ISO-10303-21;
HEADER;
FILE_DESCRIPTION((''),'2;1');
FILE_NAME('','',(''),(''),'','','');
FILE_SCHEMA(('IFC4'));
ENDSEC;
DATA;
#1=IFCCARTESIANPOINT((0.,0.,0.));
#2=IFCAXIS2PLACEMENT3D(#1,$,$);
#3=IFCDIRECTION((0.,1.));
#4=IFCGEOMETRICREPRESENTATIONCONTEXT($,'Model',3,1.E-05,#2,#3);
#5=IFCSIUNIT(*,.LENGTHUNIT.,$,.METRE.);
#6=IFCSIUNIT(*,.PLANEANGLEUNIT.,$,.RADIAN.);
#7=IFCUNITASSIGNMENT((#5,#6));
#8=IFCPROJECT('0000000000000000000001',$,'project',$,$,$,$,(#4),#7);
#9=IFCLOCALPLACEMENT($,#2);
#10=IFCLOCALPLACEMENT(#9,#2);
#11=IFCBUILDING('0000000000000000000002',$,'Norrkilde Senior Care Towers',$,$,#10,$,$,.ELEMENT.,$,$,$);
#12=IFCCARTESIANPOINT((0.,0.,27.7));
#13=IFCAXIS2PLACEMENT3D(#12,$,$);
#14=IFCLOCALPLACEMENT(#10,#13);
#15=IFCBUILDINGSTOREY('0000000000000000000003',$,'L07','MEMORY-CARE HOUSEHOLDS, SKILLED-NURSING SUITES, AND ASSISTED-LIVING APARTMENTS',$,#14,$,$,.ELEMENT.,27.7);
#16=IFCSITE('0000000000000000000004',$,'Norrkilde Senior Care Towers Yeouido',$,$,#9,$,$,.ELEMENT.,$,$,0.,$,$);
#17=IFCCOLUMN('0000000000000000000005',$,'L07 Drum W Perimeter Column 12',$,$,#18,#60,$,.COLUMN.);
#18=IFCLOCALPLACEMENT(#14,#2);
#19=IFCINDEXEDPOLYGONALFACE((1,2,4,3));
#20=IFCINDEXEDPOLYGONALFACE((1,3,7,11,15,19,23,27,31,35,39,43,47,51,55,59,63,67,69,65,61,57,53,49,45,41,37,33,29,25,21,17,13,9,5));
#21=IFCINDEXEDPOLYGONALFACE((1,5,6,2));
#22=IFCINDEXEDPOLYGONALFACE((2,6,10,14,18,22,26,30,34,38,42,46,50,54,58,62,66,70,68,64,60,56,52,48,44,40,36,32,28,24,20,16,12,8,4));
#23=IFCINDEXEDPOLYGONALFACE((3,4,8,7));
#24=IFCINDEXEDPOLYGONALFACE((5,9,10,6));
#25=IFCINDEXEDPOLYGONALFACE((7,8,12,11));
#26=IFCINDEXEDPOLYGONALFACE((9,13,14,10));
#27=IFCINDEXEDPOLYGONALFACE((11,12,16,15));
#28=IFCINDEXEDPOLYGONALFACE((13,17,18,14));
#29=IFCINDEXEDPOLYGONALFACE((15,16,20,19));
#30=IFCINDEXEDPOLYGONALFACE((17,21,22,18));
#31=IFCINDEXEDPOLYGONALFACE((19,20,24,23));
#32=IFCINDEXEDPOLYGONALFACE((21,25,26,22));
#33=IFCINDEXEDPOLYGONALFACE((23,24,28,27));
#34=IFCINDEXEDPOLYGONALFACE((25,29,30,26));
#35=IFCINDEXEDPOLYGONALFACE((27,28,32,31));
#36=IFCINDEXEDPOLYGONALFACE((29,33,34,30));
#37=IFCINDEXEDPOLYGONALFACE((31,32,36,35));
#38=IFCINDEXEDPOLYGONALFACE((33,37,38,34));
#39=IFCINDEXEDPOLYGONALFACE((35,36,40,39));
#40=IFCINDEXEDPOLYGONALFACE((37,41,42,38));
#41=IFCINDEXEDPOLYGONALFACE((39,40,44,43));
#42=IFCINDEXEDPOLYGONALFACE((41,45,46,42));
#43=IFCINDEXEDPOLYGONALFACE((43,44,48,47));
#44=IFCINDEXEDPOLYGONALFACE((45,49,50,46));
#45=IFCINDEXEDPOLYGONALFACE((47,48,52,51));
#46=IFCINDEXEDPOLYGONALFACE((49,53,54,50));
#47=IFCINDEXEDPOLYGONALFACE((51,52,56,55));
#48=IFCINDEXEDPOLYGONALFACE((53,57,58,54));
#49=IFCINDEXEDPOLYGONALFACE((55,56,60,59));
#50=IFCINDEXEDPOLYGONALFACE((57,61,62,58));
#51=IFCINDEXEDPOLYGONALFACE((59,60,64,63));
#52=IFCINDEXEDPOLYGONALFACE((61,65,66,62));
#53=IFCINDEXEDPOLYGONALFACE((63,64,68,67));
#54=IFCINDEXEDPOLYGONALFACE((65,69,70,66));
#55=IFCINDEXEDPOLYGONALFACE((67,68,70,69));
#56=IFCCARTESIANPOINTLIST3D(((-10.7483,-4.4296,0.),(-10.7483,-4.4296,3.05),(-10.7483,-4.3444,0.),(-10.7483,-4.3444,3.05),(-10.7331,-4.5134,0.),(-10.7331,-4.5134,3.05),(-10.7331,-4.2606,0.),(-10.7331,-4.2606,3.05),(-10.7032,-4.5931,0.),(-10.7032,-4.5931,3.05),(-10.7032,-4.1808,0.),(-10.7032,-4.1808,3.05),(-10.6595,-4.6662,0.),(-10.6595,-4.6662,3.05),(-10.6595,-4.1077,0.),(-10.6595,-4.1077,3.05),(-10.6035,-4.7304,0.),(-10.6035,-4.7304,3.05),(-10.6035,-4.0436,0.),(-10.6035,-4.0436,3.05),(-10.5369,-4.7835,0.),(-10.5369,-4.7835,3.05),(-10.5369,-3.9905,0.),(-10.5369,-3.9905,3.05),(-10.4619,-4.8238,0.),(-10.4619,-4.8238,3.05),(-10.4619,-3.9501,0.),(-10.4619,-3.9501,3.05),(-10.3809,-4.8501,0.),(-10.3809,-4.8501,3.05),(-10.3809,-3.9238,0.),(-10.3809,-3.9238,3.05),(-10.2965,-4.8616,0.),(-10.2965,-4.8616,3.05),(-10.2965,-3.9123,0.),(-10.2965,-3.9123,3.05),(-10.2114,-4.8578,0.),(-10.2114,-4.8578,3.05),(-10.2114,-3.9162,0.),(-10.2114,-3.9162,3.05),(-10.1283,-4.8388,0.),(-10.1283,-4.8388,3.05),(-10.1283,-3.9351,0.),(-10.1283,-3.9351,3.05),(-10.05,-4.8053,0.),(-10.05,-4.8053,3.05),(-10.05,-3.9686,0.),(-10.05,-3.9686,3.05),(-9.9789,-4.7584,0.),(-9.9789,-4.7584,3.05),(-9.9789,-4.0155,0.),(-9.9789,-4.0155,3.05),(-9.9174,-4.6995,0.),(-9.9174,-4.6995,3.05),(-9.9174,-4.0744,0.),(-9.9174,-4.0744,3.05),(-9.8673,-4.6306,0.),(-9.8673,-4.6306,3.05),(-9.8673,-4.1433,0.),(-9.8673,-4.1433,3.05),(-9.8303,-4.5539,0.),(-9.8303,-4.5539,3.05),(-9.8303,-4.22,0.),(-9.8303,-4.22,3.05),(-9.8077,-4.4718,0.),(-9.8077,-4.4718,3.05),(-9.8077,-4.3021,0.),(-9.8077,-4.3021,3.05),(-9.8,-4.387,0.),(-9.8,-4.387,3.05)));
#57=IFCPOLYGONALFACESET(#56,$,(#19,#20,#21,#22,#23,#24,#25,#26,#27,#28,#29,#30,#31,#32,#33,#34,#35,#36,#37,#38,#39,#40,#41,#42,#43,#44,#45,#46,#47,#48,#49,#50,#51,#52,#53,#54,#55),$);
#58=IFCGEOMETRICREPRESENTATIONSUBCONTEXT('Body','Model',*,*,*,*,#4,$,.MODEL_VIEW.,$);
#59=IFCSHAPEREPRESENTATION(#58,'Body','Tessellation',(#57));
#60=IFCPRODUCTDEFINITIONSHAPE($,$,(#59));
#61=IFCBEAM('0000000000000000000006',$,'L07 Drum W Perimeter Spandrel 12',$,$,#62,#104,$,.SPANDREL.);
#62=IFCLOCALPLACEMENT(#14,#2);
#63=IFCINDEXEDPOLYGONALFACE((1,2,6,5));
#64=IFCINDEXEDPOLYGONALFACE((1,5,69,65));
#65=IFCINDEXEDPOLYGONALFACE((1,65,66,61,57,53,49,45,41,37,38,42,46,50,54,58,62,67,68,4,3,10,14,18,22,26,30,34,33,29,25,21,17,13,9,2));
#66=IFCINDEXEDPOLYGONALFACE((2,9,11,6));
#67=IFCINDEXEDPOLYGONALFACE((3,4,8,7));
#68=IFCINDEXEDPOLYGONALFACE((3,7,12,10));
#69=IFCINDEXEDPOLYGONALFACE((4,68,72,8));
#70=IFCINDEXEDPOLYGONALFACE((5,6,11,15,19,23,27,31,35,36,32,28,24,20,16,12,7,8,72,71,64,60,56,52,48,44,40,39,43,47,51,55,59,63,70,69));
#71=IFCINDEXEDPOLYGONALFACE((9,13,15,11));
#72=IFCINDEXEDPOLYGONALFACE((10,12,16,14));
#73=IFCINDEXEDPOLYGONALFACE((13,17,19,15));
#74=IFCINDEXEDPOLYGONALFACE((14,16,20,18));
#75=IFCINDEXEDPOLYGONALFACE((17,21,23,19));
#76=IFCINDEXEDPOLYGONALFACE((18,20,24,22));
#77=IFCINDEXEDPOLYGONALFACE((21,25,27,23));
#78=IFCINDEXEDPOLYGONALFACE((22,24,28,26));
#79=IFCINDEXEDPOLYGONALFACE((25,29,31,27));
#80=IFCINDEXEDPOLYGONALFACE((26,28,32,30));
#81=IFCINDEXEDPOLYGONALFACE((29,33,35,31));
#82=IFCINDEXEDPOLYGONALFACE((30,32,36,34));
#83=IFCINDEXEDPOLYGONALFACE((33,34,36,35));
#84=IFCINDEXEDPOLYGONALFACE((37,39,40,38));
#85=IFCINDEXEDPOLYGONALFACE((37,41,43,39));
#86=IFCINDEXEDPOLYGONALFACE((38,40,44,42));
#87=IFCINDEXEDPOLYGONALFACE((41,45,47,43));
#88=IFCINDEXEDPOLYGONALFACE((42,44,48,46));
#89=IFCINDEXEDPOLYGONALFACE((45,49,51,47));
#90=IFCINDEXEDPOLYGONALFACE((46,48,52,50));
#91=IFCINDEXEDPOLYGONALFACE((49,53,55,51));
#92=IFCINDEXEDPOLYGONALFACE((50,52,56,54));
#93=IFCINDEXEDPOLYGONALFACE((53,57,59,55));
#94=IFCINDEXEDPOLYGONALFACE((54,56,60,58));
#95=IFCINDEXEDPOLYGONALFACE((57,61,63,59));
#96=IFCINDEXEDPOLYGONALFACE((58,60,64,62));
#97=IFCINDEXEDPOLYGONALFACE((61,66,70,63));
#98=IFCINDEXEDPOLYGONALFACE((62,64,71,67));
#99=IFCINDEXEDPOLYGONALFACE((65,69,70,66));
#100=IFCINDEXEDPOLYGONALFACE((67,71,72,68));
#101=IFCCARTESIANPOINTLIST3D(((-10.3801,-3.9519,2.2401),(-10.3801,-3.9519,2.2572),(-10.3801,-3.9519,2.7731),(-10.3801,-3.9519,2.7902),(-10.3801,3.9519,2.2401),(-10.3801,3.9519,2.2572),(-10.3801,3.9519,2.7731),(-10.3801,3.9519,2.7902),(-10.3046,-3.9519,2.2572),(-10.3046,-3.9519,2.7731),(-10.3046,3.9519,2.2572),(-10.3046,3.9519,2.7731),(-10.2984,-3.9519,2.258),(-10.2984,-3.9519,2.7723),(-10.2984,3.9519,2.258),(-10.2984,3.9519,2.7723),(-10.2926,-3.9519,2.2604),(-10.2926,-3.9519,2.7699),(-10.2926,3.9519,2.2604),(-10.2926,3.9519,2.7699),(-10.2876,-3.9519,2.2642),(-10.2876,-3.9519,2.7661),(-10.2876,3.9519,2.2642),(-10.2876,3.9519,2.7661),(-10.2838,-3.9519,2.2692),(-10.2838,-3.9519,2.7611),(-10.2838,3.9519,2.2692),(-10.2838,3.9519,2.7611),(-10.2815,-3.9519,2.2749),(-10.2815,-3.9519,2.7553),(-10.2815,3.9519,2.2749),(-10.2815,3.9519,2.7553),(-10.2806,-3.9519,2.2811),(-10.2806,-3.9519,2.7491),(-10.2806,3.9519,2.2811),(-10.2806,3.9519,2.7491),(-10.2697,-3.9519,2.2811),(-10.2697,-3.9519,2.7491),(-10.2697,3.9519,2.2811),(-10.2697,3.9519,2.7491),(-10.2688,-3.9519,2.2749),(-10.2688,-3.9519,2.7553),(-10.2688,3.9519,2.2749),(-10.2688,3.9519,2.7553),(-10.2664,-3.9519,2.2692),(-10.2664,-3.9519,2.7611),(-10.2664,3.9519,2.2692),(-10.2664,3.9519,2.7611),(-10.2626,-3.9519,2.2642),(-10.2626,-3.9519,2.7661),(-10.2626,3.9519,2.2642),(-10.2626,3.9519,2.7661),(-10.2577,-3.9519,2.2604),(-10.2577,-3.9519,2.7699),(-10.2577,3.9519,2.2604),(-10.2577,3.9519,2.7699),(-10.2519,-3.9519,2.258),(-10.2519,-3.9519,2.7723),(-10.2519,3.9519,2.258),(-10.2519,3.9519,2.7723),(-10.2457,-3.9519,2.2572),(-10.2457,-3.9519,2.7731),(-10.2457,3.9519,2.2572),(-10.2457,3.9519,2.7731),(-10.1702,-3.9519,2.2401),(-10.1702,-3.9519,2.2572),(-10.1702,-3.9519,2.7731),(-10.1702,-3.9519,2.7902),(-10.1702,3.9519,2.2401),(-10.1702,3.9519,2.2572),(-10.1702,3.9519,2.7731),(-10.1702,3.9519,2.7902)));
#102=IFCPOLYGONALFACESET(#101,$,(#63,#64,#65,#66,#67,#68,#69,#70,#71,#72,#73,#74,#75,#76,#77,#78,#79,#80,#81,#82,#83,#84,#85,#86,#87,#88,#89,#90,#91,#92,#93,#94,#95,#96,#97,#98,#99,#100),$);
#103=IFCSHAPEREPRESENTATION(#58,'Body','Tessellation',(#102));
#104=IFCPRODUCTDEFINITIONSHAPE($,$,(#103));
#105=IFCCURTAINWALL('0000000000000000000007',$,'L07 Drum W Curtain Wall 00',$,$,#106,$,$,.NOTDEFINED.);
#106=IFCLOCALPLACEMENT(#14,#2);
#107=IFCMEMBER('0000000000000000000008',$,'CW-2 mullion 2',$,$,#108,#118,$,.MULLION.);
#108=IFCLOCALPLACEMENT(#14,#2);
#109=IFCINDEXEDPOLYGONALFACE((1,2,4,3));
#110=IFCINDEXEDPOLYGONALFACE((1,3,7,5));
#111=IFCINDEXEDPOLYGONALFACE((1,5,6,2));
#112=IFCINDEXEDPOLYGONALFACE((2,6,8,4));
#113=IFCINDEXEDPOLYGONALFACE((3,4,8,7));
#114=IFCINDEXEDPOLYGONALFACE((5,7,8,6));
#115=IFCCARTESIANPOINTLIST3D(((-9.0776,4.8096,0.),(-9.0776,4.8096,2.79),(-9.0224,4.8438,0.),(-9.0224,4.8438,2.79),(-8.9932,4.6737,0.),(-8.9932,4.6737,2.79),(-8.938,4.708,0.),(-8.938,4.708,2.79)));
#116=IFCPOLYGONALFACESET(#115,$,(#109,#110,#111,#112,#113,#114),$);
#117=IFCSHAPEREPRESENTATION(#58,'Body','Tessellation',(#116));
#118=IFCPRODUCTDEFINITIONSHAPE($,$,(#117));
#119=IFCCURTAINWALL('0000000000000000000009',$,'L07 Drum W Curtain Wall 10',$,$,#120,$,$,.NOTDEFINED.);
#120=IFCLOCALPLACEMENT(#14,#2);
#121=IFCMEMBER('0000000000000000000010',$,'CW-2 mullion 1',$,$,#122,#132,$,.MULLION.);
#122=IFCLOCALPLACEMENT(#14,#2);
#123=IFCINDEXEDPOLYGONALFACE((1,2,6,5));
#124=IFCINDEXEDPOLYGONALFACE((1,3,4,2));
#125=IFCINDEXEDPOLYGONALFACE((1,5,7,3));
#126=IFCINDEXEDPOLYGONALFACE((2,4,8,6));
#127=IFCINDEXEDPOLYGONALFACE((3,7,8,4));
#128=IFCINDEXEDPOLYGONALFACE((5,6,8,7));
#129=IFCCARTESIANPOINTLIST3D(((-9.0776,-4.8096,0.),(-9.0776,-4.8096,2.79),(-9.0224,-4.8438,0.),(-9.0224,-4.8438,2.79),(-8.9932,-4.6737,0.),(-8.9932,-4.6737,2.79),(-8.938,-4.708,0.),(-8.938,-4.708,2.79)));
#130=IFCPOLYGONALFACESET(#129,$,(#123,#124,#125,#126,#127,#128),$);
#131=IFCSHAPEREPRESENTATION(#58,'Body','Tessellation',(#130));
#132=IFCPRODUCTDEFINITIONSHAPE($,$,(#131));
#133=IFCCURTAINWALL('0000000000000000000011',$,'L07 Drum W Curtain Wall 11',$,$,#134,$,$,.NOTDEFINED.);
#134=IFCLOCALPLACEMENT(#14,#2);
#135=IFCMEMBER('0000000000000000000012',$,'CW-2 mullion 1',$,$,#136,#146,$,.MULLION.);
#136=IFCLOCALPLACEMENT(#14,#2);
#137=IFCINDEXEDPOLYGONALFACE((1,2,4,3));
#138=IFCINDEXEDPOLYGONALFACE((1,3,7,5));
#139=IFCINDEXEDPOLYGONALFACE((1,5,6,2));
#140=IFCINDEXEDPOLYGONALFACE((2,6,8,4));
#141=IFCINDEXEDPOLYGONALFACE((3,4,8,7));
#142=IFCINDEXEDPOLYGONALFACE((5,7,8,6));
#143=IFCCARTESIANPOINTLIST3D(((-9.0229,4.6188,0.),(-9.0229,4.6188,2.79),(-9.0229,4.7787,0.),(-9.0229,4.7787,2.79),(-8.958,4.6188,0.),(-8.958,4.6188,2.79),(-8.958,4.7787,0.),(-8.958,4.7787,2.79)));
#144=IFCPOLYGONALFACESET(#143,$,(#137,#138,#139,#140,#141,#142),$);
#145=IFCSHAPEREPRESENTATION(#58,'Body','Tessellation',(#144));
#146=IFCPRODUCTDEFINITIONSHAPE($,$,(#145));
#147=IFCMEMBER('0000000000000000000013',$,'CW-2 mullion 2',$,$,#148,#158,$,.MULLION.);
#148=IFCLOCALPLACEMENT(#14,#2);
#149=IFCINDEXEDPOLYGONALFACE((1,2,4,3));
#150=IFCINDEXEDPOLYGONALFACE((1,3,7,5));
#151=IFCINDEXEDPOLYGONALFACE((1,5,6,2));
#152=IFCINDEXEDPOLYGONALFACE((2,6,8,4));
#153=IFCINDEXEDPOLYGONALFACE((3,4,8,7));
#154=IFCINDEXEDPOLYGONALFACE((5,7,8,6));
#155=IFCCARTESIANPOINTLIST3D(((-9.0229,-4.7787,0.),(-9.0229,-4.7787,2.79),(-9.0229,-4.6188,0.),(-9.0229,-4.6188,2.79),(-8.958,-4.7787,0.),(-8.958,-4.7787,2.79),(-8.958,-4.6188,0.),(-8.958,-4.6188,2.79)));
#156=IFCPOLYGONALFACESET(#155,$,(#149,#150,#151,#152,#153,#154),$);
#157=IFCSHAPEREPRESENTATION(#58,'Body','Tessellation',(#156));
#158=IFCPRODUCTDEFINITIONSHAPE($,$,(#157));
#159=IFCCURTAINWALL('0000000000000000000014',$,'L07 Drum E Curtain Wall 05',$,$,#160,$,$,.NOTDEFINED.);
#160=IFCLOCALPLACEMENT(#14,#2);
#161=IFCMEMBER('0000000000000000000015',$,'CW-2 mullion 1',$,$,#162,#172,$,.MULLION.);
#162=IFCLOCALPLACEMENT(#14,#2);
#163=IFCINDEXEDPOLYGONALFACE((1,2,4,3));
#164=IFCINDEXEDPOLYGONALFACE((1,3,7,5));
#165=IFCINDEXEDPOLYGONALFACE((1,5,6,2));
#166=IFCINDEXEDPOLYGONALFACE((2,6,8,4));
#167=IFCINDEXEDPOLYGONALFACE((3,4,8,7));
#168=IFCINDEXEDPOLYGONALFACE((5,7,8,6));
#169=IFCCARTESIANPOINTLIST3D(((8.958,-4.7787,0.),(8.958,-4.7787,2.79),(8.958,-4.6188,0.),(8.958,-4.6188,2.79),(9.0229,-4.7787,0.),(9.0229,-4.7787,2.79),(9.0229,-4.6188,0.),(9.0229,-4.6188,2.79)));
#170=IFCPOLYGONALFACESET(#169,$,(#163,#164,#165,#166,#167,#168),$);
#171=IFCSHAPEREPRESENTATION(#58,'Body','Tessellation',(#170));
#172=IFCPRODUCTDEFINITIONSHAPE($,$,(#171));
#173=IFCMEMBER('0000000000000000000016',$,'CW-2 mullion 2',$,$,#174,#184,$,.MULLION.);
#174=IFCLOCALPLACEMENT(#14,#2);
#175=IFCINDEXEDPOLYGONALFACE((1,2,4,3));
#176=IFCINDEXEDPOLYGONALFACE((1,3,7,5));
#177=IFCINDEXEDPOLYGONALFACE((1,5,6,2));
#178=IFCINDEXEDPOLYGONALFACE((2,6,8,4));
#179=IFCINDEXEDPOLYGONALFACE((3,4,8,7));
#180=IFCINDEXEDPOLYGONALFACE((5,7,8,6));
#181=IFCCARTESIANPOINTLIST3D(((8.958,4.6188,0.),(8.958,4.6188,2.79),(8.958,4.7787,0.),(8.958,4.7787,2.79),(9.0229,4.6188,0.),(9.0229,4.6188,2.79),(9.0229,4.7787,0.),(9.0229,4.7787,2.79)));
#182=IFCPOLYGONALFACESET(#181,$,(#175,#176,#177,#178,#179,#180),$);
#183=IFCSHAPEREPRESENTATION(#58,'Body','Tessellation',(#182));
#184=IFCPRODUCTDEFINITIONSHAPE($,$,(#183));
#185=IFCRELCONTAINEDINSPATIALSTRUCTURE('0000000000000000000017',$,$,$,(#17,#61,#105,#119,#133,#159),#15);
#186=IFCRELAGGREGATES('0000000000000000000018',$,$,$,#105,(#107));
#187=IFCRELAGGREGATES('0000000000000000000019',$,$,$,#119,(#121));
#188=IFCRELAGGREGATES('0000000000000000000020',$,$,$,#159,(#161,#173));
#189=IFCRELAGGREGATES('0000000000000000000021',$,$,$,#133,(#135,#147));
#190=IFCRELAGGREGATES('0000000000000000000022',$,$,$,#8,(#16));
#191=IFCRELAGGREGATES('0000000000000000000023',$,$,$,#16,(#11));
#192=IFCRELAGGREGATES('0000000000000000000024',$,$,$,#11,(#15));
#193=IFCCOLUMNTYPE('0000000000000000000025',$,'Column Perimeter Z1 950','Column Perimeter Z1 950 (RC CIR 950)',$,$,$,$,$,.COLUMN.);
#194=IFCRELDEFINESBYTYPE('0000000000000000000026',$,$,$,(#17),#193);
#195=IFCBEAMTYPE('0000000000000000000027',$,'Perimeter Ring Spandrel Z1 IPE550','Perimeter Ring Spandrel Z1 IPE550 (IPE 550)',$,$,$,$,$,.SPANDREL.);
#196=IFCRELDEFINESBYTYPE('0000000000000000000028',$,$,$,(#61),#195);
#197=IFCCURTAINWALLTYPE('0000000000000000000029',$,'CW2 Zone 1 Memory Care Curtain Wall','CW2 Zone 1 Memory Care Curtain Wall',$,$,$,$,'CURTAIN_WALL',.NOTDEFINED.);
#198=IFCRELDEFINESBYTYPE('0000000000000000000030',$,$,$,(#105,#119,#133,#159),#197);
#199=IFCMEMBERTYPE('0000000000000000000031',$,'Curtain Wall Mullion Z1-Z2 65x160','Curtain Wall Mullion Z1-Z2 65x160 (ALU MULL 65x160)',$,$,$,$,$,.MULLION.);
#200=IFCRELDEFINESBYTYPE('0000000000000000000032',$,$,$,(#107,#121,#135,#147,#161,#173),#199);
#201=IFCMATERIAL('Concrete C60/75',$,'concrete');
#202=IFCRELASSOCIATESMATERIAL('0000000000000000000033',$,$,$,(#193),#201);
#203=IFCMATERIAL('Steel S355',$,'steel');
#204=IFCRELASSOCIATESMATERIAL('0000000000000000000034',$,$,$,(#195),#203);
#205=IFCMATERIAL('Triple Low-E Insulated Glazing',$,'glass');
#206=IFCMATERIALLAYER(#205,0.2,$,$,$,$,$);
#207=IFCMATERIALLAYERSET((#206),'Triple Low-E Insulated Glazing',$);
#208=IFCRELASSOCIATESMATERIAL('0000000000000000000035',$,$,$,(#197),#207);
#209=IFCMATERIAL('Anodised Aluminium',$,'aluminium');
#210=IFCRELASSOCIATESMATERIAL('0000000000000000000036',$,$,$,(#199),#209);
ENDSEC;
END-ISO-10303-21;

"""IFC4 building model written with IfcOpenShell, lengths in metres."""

from ifc_helpers import new_model, si_unit, direction, frame, origin, origin_2d, place, context, subcontext, project, spatial, rectangle, circle, i_section, extrude, source, transform, mapped, material, layer, layer_set, material_profile, profile_set, type_object, type_shapes, element, aggregate, save


model = new_model("IFC4")

# Units and contexts
model_context = context("Model", 3, precision=1e-05, world=origin(), true_north=direction((0.0, 1.0)))
body_context = subcontext(model_context, "Body", "Model", "MODEL_VIEW")
ifc_project = project(units=[si_unit("LENGTHUNIT", "METRE"), si_unit("PLANEANGLEUNIT", "RADIAN")], contexts=[model_context])

# Site, building, storey
site_placement = place(None, origin())
site = spatial("IfcSite", under=ifc_project, at=site_placement, Name="Norrkilde Senior Care Towers Yeouido", CompositionType="ELEMENT", RefElevation=0.0)
building_placement = place(site_placement, origin())
building = spatial("IfcBuilding", under=site, at=building_placement, Name="Norrkilde Senior Care Towers", CompositionType="ELEMENT")
storey_placement = place(building_placement, frame((0.0, 0.0, 27.7)))
storey = spatial("IfcBuildingStorey", under=building, at=storey_placement, Name="L07", Description="MEMORY-CARE HOUSEHOLDS, SKILLED-NURSING SUITES, AND ASSISTED-LIVING APARTMENTS", CompositionType="ELEMENT", Elevation=27.7)

# Column
ifc_material_1 = material(Name="Concrete C60/75", Category="concrete")
ifc_material_profile_1 = material_profile(ifc_material_1, circle(Radius=0.4751, at=origin_2d()), Name="RC CIR 950")
ifc_profile_set_1 = profile_set([ifc_material_profile_1], Name="Concrete C60/75")
column_type = type_object("IfcColumnType", Name="Column Perimeter Z1 950", Description="Column Perimeter Z1 950 (RC CIR 950)", PredefinedType="COLUMN", material=ifc_profile_set_1)
shared_shape_1 = source(origin(), body_context, "Body", "SweptSolid", [
    extrude(circle(Radius=0.4751, at=origin_2d()), origin(), (0.0, 0.0, 1.0), 3.05),
])
type_shapes(column_type, [shared_shape_1])
column_placement = place(storey_placement, frame((-10.2751, -4.387, 0.0), z_axis=(0.0, 0.0, 1.0), x_axis=(1.0, 0.0, 0.0)))
element("IfcColumn", 1, at=column_placement, inside=storey, type_object=column_type, Name="L07 Drum W Perimeter Column 12", PredefinedType="COLUMN", context=body_context, shape_type="MappedRepresentation", body=[
    mapped(shared_shape_1, transform((0.0, 0.0, 0.0), x_axis=(1.0, 0.0, 0.0), y_axis=(0.0, 1.0, 0.0), z_axis=(0.0, 0.0, 1.0), scale=1.0)),
])

# Beam
ifc_material_2 = material(Name="Steel S355", Category="steel")
ifc_material_profile_2 = material_profile(ifc_material_2, i_section(OverallWidth=0.21, OverallDepth=0.55, WebThickness=0.011, FlangeThickness=0.0171, FilletRadius=0.0239, at=origin_2d()), Name="IPE 550")
ifc_profile_set_2 = profile_set([ifc_material_profile_2], Name="Steel S355")
beam_type = type_object("IfcBeamType", Name="Perimeter Ring Spandrel Z1 IPE550", Description="Perimeter Ring Spandrel Z1 IPE550 (IPE 550)", PredefinedType="SPANDREL", material=ifc_profile_set_2)
shared_shape_2 = source(origin(), body_context, "Body", "SweptSolid", [
    extrude(i_section(OverallWidth=0.21, OverallDepth=0.55, WebThickness=0.011, FlangeThickness=0.0171, FilletRadius=0.0239, at=origin_2d()), origin(), (0.0, 0.0, 1.0), 7.9038),
])
type_shapes(beam_type, [shared_shape_2])
beam_placement = place(storey_placement, frame((-10.2751, -3.9519, 2.5151), z_axis=(0.0, 1.0, 0.0), x_axis=(-1.0, 0.0, 0.0)))
element("IfcBeam", 2, at=beam_placement, inside=storey, type_object=beam_type, Name="L07 Drum W Perimeter Spandrel 12", PredefinedType="SPANDREL", context=body_context, shape_type="MappedRepresentation", body=[
    mapped(shared_shape_2, transform((0.0, 0.0, 0.0), x_axis=(1.0, 0.0, 0.0), y_axis=(0.0, 1.0, 0.0), z_axis=(0.0, 0.0, 1.0), scale=1.0)),
])

# Curtain walls, members
ifc_material_3 = material(Name="Triple Low-E Insulated Glazing", Category="glass")
ifc_layer_1 = layer(ifc_material_3, 0.2)
ifc_layer_set_1 = layer_set([ifc_layer_1], Name="Triple Low-E Insulated Glazing")
curtain_wall_type = type_object("IfcCurtainWallType", Name="CW2 Zone 1 Memory Care Curtain Wall", Description="CW2 Zone 1 Memory Care Curtain Wall", ElementType="CURTAIN_WALL", PredefinedType="NOTDEFINED", material=ifc_layer_set_1)
curtain_wall_1_placement = place(storey_placement, origin())
curtain_wall_1 = element("IfcCurtainWall", 3, at=curtain_wall_1_placement, inside=storey, type_object=curtain_wall_type, Name="L07 Drum W Curtain Wall 00", PredefinedType="NOTDEFINED")
ifc_material_4 = material(Name="Anodised Aluminium", Category="aluminium")
ifc_material_profile_3 = material_profile(ifc_material_4, rectangle(XDim=0.0649, YDim=0.1599, at=origin_2d()), Name="ALU MULL 65x160")
ifc_profile_set_3 = profile_set([ifc_material_profile_3], Name="Anodised Aluminium")
member_type_1 = type_object("IfcMemberType", Name="Curtain Wall Mullion Z1-Z2 65x160", Description="Curtain Wall Mullion Z1-Z2 65x160 (ALU MULL 65x160)", PredefinedType="MULLION", material=ifc_profile_set_3)
shared_shape_3 = source(origin(), body_context, "Body", "SweptSolid", [
    extrude(rectangle(XDim=0.0649, YDim=0.1599, at=origin_2d()), origin(), (0.0, 0.0, 1.0), 2.79),
])
type_shapes(member_type_1, [shared_shape_3])
member_1_placement = place(storey_placement, frame((-9.0078, 4.7588, 0.0), z_axis=(0.0, 0.0, 1.0), x_axis=(0.849306, 0.527901, 0.0)))
member_1 = element("IfcMember", 4, at=member_1_placement, type_object=member_type_1, Name="CW-2 mullion 2", PredefinedType="MULLION", context=body_context, shape_type="MappedRepresentation", body=[
    mapped(shared_shape_3, transform((0.0, 0.0, 0.0), x_axis=(1.0, 0.0, 0.0), y_axis=(0.0, 1.0, 0.0), z_axis=(0.0, 0.0, 1.0), scale=1.0)),
])
aggregate(curtain_wall_1, [member_1])
curtain_wall_2_placement = place(storey_placement, origin())
curtain_wall_2 = element("IfcCurtainWall", 5, at=curtain_wall_2_placement, inside=storey, type_object=curtain_wall_type, Name="L07 Drum W Curtain Wall 10", PredefinedType="NOTDEFINED")
member_2_placement = place(storey_placement, frame((-9.0078, -4.7588, 0.0), z_axis=(0.0, 0.0, 1.0), x_axis=(0.849306, -0.527901, 0.0)))
member_2 = element("IfcMember", 6, at=member_2_placement, type_object=member_type_1, Name="CW-2 mullion 1", PredefinedType="MULLION", context=body_context, shape_type="MappedRepresentation", body=[
    mapped(shared_shape_3, transform((0.0, 0.0, 0.0), x_axis=(1.0, 0.0, 0.0), y_axis=(0.0, 1.0, 0.0), z_axis=(0.0, 0.0, 1.0), scale=1.0)),
])

# Curtain walls, members
curtain_wall_3_placement = place(storey_placement, origin())
curtain_wall_3 = element("IfcCurtainWall", 7, at=curtain_wall_3_placement, inside=storey, type_object=curtain_wall_type, Name="L07 Drum W Curtain Wall 11", PredefinedType="NOTDEFINED")
member_3_placement = place(storey_placement, frame((-8.9905, 4.6987, 0.0), z_axis=(0.0, 0.0, 1.0), x_axis=(1.0, 0.0, 0.0)))
member_3 = element("IfcMember", 8, at=member_3_placement, type_object=member_type_1, Name="CW-2 mullion 1", PredefinedType="MULLION", context=body_context, shape_type="MappedRepresentation", body=[
    mapped(shared_shape_3, transform((0.0, 0.0, 0.0), x_axis=(1.0, 0.0, 0.0), y_axis=(0.0, 1.0, 0.0), z_axis=(0.0, 0.0, 1.0), scale=1.0)),
])
member_4_placement = place(storey_placement, frame((-8.9905, -4.6987, 0.0), z_axis=(0.0, 0.0, 1.0), x_axis=(1.0, 0.0, 0.0)))
member_4 = element("IfcMember", 9, at=member_4_placement, type_object=member_type_1, Name="CW-2 mullion 2", PredefinedType="MULLION", context=body_context, shape_type="MappedRepresentation", body=[
    mapped(shared_shape_3, transform((0.0, 0.0, 0.0), x_axis=(1.0, 0.0, 0.0), y_axis=(0.0, 1.0, 0.0), z_axis=(0.0, 0.0, 1.0), scale=1.0)),
])
curtain_wall_4_placement = place(storey_placement, origin())
curtain_wall_4 = element("IfcCurtainWall", 10, at=curtain_wall_4_placement, inside=storey, type_object=curtain_wall_type, Name="L07 Drum E Curtain Wall 05", PredefinedType="NOTDEFINED")
member_5_placement = place(storey_placement, frame((8.9905, -4.6987, 0.0), z_axis=(0.0, 0.0, 1.0), x_axis=(-1.0, 0.0, 0.0)))
member_5 = element("IfcMember", 11, at=member_5_placement, type_object=member_type_1, Name="CW-2 mullion 1", PredefinedType="MULLION", context=body_context, shape_type="MappedRepresentation", body=[
    mapped(shared_shape_3, transform((0.0, 0.0, 0.0), x_axis=(1.0, 0.0, 0.0), y_axis=(0.0, 1.0, 0.0), z_axis=(0.0, 0.0, 1.0), scale=1.0)),
])
member_6_placement = place(storey_placement, frame((8.9905, 4.6987, 0.0), z_axis=(0.0, 0.0, 1.0), x_axis=(-1.0, 0.0, 0.0)))
member_6 = element("IfcMember", 12, at=member_6_placement, type_object=member_type_1, Name="CW-2 mullion 2", PredefinedType="MULLION", context=body_context, shape_type="MappedRepresentation", body=[
    mapped(shared_shape_3, transform((0.0, 0.0, 0.0), x_axis=(1.0, 0.0, 0.0), y_axis=(0.0, 1.0, 0.0), z_axis=(0.0, 0.0, 1.0), scale=1.0)),
])

aggregate(curtain_wall_2, [member_2])
aggregate(curtain_wall_4, [member_5, member_6])

aggregate(curtain_wall_3, [member_3, member_4])

save(model, "model.ifc")
